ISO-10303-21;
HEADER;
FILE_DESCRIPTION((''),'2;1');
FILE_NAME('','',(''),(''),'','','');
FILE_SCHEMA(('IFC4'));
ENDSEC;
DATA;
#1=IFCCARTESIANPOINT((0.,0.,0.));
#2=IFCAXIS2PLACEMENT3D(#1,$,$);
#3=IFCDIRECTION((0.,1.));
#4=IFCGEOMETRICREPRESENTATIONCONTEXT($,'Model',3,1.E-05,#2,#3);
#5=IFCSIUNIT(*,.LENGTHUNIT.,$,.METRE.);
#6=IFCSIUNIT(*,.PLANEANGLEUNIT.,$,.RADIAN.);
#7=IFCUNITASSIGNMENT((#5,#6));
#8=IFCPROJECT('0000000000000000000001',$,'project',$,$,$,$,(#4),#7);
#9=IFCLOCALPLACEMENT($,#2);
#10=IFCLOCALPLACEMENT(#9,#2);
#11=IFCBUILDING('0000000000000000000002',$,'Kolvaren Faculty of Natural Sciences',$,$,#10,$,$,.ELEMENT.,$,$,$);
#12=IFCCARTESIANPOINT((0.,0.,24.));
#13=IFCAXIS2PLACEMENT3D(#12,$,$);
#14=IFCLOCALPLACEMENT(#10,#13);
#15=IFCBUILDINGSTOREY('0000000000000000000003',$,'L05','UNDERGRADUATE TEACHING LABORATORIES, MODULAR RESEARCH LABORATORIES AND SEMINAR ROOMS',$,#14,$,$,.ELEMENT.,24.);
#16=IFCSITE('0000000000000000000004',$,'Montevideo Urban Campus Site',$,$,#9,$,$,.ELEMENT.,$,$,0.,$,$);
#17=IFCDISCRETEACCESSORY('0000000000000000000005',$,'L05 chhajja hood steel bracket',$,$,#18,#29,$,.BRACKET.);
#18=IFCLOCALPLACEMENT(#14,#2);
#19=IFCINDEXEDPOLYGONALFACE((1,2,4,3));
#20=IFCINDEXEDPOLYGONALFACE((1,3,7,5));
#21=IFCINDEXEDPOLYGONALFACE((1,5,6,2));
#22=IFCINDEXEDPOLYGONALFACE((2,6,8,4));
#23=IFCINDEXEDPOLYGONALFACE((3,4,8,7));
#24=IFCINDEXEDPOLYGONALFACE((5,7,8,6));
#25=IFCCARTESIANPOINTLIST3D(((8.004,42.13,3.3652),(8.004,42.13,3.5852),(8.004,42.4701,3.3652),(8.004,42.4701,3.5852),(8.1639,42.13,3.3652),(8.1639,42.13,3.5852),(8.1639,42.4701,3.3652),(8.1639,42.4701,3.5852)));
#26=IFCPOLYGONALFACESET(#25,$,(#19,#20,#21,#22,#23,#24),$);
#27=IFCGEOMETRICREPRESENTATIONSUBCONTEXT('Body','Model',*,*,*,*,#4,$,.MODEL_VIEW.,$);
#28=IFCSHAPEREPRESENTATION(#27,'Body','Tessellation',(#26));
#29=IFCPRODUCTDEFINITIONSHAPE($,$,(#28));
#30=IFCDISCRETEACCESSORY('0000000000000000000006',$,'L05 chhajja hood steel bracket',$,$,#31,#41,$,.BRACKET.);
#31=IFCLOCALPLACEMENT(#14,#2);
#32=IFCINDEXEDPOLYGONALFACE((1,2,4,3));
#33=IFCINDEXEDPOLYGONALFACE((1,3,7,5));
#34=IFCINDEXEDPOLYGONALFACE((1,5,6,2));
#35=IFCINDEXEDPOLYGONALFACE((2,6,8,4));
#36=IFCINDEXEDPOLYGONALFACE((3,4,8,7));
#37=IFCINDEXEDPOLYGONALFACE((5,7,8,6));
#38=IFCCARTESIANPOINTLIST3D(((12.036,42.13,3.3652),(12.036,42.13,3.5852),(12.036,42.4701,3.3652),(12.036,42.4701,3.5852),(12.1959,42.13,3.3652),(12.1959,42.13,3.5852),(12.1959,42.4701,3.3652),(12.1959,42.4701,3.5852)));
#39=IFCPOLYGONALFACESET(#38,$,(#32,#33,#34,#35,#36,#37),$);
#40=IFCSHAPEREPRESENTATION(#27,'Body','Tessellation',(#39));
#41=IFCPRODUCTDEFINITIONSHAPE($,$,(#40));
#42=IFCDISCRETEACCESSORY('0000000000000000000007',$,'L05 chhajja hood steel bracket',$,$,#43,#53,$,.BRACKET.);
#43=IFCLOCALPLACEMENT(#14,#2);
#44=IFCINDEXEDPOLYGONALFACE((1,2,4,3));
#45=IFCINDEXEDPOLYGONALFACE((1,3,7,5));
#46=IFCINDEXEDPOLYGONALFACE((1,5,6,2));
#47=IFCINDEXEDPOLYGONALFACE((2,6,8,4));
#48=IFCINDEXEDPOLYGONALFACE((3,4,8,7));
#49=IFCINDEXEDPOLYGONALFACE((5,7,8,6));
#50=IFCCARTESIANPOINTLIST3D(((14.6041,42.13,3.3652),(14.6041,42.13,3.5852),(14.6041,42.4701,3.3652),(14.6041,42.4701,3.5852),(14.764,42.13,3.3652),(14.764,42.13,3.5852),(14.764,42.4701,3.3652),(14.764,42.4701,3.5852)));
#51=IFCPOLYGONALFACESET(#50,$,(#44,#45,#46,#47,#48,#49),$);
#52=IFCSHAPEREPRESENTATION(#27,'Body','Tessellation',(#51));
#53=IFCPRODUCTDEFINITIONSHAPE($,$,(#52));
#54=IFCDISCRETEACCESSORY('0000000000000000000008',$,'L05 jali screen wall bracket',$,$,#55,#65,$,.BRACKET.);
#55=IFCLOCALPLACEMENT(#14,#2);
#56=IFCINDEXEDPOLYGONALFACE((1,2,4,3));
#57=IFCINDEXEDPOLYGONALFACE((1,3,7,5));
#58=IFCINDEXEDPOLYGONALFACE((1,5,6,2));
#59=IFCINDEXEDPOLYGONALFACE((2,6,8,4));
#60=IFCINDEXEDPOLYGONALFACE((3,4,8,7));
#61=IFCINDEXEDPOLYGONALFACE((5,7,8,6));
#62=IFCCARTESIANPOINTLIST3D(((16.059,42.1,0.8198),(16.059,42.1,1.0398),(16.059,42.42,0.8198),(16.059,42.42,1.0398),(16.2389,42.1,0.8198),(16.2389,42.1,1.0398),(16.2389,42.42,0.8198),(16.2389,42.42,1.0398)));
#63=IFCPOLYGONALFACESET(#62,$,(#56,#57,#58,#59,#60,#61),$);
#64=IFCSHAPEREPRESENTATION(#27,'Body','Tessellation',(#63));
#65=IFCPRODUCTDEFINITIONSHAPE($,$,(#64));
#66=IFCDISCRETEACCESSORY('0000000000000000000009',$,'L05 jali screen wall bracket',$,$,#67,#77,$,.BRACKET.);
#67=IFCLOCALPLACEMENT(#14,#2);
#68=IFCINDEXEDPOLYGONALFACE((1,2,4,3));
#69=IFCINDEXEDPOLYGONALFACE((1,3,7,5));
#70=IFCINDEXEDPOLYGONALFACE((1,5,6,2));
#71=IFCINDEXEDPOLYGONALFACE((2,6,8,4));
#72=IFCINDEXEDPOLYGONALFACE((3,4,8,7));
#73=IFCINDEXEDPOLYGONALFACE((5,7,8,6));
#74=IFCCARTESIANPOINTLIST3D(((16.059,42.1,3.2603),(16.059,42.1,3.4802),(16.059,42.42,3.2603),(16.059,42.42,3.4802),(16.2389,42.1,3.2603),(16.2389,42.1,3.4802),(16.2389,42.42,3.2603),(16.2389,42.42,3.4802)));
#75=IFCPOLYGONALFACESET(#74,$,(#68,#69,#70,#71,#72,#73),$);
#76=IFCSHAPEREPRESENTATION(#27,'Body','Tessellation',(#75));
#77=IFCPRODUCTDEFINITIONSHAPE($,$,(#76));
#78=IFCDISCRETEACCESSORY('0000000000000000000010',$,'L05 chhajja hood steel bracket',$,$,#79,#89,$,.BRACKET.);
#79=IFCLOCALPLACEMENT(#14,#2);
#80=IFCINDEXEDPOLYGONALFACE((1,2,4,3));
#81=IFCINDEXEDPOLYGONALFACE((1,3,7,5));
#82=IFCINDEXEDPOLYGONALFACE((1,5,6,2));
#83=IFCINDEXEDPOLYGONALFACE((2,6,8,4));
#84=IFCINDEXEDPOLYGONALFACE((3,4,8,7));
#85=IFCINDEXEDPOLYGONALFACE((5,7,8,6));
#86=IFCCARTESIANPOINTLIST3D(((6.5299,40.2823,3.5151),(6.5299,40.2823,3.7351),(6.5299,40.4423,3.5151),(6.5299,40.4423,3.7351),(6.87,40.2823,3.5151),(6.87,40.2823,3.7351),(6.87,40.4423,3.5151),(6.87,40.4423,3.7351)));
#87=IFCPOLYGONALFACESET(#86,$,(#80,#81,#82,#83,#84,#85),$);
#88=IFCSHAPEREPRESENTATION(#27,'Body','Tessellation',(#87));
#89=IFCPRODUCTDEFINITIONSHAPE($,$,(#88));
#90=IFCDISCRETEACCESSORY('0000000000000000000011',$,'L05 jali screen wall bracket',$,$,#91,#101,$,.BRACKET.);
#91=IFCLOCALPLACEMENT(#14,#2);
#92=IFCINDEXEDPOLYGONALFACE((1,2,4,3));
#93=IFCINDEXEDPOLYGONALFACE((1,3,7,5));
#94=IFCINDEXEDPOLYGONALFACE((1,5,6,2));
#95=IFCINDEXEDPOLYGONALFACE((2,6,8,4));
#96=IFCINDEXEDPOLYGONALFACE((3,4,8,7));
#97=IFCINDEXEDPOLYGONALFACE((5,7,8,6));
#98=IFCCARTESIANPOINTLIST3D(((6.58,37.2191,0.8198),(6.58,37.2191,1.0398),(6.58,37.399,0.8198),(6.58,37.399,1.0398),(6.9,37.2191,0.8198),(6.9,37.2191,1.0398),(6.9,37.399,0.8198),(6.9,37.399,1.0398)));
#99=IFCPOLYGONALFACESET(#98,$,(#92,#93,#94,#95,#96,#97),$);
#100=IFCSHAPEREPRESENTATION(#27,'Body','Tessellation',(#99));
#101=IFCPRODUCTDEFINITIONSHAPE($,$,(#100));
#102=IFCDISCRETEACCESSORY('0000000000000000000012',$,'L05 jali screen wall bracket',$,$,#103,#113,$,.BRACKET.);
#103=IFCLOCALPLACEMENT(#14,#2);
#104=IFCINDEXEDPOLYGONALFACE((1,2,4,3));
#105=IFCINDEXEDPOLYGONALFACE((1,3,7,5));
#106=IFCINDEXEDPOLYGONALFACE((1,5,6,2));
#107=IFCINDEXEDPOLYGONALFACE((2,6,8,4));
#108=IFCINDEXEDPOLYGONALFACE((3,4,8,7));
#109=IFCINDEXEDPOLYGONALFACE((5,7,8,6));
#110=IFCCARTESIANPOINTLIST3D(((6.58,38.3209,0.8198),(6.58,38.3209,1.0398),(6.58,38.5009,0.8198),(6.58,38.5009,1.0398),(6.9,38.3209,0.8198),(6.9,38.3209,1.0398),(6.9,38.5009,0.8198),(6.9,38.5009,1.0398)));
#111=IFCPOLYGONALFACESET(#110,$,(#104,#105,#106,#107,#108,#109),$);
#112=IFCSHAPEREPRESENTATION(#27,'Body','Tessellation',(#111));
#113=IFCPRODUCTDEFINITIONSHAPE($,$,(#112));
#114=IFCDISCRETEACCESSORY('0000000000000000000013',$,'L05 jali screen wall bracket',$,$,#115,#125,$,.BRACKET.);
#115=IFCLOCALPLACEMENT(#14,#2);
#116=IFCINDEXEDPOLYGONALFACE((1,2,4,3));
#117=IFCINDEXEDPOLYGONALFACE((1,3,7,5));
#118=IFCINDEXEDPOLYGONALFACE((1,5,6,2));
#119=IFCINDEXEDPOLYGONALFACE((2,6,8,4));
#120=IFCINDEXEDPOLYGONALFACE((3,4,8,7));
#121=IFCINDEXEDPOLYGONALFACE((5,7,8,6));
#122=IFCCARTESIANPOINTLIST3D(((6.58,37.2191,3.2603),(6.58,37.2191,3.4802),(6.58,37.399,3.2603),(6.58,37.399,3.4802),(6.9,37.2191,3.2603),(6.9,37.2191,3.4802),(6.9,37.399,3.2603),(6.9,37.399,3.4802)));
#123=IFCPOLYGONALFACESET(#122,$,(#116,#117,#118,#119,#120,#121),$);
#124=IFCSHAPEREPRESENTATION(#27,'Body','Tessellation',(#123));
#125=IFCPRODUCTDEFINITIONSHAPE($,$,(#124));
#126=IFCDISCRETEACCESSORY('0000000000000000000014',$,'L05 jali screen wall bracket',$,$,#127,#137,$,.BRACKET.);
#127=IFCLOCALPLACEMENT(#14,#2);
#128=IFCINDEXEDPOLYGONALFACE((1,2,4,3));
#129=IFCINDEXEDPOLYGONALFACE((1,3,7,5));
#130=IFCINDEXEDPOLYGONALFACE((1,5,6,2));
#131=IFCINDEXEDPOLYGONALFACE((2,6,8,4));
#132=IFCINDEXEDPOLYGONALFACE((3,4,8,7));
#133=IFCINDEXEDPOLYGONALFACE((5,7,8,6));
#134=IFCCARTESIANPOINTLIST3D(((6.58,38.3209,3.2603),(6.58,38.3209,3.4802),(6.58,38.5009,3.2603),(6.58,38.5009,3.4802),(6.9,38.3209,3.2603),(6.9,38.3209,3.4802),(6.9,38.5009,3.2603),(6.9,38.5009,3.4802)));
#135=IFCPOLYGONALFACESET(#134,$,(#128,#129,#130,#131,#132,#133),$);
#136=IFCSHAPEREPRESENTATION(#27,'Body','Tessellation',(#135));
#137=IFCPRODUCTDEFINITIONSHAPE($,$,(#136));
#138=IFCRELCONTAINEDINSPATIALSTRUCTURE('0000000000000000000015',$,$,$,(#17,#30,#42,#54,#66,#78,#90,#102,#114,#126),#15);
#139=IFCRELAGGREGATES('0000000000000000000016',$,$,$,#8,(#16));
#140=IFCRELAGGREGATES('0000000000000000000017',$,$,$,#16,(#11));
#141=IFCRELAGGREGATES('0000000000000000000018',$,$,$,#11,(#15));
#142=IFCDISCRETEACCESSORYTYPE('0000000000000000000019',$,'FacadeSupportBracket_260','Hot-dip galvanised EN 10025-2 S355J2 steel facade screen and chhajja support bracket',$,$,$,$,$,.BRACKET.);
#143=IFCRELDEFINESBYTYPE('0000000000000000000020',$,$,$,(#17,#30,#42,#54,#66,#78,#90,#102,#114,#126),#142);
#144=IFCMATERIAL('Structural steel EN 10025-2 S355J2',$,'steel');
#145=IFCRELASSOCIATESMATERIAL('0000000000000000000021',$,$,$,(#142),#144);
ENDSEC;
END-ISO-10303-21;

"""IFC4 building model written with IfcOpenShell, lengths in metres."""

from ifc_helpers import new_model, si_unit, direction, frame, origin, origin_2d, place, context, subcontext, project, spatial, rectangle, extrude, material, type_object, element, save


model = new_model("IFC4")

# Units and contexts
model_context = context("Model", 3, precision=1e-05, world=origin(), true_north=direction((0.0, 1.0)))
body_context = subcontext(model_context, "Body", "Model", "MODEL_VIEW")
ifc_project = project(units=[si_unit("LENGTHUNIT", "METRE"), si_unit("PLANEANGLEUNIT", "RADIAN")], contexts=[model_context])

# Site, building, storey
site_placement = place(None, origin())
site = spatial("IfcSite", under=ifc_project, at=site_placement, Name="Montevideo Urban Campus Site", CompositionType="ELEMENT", RefElevation=0.0)
building_placement = place(site_placement, origin())
building = spatial("IfcBuilding", under=site, at=building_placement, Name="Kolvaren Faculty of Natural Sciences", CompositionType="ELEMENT")
storey_placement = place(building_placement, frame((0.0, 0.0, 24.0)))
storey = spatial("IfcBuildingStorey", under=building, at=storey_placement, Name="L05", Description="UNDERGRADUATE TEACHING LABORATORIES, MODULAR RESEARCH LABORATORIES AND SEMINAR ROOMS", CompositionType="ELEMENT", Elevation=24.0)

# Discrete accessories
ifc_material_1 = material(Name="Structural steel EN 10025-2 S355J2", Category="steel")
discrete_accessory_type = type_object("IfcDiscreteAccessoryType", Name="FacadeSupportBracket_260", Description="Hot-dip galvanised EN 10025-2 S355J2 steel facade screen and chhajja support bracket", PredefinedType="BRACKET", material=ifc_material_1)
for number, where, z_axis, x_axis, name in (
    (1, (8.084, 42.3, 3.3652), (0.0, 0.0, 1.0), (1.0, 0.0, 0.0), "L05 chhajja hood steel bracket"),
    (2, (12.116, 42.3, 3.3652), (0.0, 0.0, 1.0), (1.0, 0.0, 0.0), "L05 chhajja hood steel bracket"),
    (3, (14.6841, 42.3, 3.3652), (0.0, 0.0, 1.0), (1.0, 0.0, 0.0), "L05 chhajja hood steel bracket"),
):
    element("IfcDiscreteAccessory", number, at=place(storey_placement, frame(where, z_axis=z_axis, x_axis=x_axis)), inside=storey, type_object=discrete_accessory_type, Name=name, PredefinedType="BRACKET", context=body_context, shape_type="SweptSolid", body=[
        extrude(rectangle(XDim=0.1599, YDim=0.3401, at=origin_2d()), origin(), (0.0, 0.0, 1.0), 0.22),
    ])
for number, where, z_axis, x_axis, name in (
    (4, (16.1489, 42.26, 0.8198), (0.0, 0.0, 1.0), (1.0, 0.0, 0.0), "L05 jali screen wall bracket"),
    (5, (16.1489, 42.26, 3.2603), (0.0, 0.0, 1.0), (1.0, 0.0, 0.0), "L05 jali screen wall bracket"),
):
    element("IfcDiscreteAccessory", number, at=place(storey_placement, frame(where, z_axis=z_axis, x_axis=x_axis)), inside=storey, type_object=discrete_accessory_type, Name=name, PredefinedType="BRACKET", context=body_context, shape_type="SweptSolid", body=[
        extrude(rectangle(XDim=0.1799, YDim=0.3201, at=origin_2d()), origin(), (0.0, 0.0, 1.0), 0.22),
    ])
discrete_accessory_placement = place(storey_placement, frame((6.7, 40.3623, 3.5151), z_axis=(0.0, 0.0, 1.0), x_axis=(0.0, 1.0, 0.0)))
element("IfcDiscreteAccessory", 6, at=discrete_accessory_placement, inside=storey, type_object=discrete_accessory_type, Name="L05 chhajja hood steel bracket", PredefinedType="BRACKET", context=body_context, shape_type="SweptSolid", body=[
    extrude(rectangle(XDim=0.1599, YDim=0.3401, at=origin_2d()), origin(), (0.0, 0.0, 1.0), 0.22),
])
for number, where, z_axis, x_axis, name in (
    (7, (6.74, 37.3091, 0.8198), (0.0, 0.0, 1.0), (0.0, 1.0, 0.0), "L05 jali screen wall bracket"),
    (8, (6.74, 38.4109, 0.8198), (0.0, 0.0, 1.0), (0.0, 1.0, 0.0), "L05 jali screen wall bracket"),
    (9, (6.74, 37.3091, 3.2603), (0.0, 0.0, 1.0), (0.0, 1.0, 0.0), "L05 jali screen wall bracket"),
    (10, (6.74, 38.4109, 3.2603), (0.0, 0.0, 1.0), (0.0, 1.0, 0.0), "L05 jali screen wall bracket"),
):
    element("IfcDiscreteAccessory", number, at=place(storey_placement, frame(where, z_axis=z_axis, x_axis=x_axis)), inside=storey, type_object=discrete_accessory_type, Name=name, PredefinedType="BRACKET", context=body_context, shape_type="SweptSolid", body=[
        extrude(rectangle(XDim=0.1799, YDim=0.3201, at=origin_2d()), origin(), (0.0, 0.0, 1.0), 0.22),
    ])

save(model, "model.ifc")
